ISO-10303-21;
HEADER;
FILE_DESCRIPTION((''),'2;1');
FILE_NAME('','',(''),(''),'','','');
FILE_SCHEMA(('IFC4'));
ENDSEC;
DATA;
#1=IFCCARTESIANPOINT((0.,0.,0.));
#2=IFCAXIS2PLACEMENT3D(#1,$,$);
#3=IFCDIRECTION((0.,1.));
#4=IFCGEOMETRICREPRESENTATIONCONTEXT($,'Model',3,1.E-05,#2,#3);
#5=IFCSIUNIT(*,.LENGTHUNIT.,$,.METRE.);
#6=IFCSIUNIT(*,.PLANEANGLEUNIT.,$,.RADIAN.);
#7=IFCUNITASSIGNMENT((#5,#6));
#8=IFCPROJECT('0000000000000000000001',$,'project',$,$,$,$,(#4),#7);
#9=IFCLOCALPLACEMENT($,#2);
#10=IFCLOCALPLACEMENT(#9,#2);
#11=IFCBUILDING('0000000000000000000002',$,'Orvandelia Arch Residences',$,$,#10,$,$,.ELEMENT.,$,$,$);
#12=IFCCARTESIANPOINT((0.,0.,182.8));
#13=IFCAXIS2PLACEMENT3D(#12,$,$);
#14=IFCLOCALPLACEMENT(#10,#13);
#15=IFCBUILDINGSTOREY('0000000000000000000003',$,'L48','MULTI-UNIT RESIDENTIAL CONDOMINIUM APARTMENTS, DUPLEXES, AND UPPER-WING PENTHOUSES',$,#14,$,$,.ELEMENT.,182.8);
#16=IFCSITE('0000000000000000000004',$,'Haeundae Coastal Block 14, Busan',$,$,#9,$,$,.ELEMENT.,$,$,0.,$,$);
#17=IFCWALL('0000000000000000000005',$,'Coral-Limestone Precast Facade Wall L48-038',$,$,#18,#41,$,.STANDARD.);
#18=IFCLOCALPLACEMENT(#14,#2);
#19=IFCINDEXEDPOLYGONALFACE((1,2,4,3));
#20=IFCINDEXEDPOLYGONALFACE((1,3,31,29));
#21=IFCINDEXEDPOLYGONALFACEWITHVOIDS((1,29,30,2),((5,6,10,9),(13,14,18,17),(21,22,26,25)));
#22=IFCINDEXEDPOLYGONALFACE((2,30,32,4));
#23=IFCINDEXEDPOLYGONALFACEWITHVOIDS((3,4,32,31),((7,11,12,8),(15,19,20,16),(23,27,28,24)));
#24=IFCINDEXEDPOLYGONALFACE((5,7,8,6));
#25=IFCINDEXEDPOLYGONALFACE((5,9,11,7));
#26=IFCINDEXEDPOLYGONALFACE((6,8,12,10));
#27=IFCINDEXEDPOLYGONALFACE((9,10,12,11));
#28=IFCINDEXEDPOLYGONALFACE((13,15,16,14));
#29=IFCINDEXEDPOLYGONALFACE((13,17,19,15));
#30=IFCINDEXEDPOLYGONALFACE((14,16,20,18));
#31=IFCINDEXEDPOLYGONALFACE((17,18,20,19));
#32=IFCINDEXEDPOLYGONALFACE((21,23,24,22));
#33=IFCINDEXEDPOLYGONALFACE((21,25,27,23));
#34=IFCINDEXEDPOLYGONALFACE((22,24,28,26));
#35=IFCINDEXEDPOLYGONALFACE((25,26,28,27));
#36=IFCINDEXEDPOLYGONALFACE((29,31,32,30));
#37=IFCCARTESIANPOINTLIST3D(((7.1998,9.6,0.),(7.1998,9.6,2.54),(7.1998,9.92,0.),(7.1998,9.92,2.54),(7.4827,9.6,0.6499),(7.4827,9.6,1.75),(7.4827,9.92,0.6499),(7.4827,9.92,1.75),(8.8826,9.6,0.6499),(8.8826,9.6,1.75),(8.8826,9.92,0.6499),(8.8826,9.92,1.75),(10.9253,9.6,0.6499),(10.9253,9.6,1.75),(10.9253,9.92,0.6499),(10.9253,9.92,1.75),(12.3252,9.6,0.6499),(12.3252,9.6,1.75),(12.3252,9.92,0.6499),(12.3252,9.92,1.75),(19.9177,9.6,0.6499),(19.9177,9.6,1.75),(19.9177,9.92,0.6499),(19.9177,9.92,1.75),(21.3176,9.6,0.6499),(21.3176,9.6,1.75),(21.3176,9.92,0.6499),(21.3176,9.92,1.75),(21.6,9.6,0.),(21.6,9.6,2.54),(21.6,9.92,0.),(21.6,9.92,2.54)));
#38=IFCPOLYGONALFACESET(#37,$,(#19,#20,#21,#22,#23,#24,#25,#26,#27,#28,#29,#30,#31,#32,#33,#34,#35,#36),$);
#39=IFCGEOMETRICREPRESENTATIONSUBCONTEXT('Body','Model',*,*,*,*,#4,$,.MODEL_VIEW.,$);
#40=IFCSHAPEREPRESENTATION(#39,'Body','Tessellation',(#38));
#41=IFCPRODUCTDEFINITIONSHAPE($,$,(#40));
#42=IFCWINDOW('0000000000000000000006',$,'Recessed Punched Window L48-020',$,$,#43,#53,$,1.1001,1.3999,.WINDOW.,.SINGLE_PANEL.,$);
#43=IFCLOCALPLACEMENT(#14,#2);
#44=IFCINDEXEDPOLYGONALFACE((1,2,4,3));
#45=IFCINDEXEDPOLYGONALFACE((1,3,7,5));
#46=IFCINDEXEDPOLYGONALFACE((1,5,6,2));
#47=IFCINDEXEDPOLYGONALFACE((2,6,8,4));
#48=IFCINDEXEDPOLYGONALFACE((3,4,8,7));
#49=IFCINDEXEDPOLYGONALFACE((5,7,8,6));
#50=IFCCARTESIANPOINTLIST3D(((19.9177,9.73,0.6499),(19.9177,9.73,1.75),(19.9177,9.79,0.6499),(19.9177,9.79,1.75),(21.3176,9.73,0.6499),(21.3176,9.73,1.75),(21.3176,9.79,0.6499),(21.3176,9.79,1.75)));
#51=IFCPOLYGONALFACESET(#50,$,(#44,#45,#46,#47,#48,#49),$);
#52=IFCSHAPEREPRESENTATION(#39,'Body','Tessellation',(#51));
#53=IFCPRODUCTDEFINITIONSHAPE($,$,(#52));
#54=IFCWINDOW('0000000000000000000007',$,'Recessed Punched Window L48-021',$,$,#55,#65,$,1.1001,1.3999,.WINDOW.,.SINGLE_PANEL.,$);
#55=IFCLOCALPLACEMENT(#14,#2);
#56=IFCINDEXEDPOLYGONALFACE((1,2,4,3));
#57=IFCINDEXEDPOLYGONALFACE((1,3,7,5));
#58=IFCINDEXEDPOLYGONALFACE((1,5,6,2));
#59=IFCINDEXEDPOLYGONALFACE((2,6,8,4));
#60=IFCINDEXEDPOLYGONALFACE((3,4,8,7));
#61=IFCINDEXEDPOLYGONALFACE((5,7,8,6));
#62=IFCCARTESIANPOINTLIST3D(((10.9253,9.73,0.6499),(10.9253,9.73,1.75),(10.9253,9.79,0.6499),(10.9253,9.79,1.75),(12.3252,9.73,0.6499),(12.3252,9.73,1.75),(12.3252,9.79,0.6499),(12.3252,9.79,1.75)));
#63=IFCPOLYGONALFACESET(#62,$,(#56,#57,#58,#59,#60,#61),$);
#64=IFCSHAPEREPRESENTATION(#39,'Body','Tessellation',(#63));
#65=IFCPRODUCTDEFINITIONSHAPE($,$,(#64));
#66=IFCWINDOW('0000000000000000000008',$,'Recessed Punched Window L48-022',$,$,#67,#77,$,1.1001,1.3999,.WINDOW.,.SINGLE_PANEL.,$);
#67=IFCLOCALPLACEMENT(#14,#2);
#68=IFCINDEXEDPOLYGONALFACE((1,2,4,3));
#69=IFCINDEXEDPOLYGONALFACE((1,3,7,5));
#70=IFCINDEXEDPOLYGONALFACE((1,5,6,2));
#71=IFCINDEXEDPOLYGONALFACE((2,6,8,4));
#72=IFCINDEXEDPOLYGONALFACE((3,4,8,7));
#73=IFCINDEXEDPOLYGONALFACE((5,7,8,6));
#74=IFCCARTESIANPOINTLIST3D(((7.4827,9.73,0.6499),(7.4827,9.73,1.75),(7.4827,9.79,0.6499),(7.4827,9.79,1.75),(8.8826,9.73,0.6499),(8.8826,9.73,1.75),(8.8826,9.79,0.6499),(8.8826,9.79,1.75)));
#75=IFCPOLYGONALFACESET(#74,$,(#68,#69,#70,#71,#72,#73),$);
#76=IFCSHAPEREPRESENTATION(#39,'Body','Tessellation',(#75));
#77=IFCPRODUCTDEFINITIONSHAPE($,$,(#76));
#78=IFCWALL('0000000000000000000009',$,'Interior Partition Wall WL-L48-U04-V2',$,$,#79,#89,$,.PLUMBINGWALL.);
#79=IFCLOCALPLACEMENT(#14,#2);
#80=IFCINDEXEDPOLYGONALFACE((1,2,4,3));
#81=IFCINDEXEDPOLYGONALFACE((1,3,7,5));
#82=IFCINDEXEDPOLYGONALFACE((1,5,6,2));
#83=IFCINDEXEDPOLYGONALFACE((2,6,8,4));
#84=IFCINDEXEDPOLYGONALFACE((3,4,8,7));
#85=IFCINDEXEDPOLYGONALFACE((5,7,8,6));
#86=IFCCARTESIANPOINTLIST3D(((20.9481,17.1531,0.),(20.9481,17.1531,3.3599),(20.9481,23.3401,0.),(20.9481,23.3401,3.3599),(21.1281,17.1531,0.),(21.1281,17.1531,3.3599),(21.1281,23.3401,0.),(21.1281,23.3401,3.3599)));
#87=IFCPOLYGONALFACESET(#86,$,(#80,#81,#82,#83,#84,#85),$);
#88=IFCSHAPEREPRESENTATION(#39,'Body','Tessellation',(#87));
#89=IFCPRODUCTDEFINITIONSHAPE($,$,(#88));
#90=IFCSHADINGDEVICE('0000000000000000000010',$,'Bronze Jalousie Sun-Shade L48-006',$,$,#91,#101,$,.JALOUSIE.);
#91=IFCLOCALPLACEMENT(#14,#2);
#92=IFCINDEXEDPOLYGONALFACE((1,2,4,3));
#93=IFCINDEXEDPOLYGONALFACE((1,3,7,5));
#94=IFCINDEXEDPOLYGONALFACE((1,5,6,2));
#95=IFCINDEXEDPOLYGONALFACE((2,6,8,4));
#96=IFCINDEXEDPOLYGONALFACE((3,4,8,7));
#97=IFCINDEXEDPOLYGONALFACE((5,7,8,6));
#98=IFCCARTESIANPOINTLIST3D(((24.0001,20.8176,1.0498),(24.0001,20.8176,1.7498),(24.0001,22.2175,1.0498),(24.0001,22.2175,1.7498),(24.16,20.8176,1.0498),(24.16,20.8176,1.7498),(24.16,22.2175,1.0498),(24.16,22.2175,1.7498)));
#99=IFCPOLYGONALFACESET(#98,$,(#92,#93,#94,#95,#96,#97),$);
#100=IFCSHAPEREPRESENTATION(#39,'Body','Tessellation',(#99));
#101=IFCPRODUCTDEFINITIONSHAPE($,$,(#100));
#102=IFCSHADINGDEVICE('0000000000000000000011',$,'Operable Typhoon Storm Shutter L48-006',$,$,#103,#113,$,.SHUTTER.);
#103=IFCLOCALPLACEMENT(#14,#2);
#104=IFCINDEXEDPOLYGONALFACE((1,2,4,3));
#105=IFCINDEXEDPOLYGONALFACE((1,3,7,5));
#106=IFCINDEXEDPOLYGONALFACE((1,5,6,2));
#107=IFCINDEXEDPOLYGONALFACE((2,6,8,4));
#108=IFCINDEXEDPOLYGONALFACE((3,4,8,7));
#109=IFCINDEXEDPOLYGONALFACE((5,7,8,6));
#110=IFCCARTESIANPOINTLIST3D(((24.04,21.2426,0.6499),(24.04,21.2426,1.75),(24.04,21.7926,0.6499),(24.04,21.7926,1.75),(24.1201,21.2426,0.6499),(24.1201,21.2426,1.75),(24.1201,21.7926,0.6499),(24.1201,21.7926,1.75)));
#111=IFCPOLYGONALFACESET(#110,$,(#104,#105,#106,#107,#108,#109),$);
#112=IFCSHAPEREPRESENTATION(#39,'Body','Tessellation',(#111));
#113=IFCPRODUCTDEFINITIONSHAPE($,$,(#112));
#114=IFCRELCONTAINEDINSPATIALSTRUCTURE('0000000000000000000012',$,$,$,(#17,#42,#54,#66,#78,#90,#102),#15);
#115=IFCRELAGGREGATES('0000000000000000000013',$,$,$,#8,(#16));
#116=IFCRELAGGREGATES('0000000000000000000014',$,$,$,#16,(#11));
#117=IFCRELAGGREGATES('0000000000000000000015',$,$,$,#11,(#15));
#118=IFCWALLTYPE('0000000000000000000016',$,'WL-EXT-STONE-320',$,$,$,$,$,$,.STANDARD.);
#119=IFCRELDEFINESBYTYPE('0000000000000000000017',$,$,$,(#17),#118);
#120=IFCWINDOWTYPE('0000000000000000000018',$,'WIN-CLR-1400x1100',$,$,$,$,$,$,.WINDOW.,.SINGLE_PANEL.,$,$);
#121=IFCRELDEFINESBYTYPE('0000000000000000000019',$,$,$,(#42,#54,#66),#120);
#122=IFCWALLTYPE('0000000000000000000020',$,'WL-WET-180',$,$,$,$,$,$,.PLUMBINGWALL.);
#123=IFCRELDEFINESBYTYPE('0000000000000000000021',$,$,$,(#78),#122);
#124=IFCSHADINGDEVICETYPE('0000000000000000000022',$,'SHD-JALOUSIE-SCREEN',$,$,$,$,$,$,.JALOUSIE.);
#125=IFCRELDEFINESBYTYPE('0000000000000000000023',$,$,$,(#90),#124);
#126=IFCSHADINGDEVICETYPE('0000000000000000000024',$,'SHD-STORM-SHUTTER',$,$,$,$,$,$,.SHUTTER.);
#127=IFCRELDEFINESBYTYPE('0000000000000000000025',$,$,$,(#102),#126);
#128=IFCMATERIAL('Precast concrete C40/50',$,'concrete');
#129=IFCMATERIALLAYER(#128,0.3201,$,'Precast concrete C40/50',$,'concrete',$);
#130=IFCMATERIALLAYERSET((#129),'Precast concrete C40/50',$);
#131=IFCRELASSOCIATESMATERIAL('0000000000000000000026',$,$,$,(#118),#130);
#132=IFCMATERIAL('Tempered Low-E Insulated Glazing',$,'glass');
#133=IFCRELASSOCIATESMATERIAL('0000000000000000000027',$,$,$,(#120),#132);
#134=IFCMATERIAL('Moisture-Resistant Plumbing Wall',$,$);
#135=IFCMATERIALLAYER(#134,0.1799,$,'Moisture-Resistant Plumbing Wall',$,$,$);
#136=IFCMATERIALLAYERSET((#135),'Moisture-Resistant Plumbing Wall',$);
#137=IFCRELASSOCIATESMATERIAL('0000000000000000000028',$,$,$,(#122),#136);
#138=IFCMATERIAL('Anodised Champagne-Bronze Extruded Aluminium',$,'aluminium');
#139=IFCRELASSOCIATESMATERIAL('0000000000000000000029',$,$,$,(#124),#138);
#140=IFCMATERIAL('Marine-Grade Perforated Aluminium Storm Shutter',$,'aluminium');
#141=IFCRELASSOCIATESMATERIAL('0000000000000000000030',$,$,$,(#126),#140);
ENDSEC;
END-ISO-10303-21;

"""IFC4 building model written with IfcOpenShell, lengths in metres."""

from ifc_helpers import new_model, si_unit, direction, frame, frame_2d, origin, origin_2d, place, context, subcontext, project, spatial, rectangle, extrude, material, layer, layer_set, type_object, element, fill, save


model = new_model("IFC4")

# Units and contexts
model_context = context("Model", 3, precision=1e-05, world=origin(), true_north=direction((0.0, 1.0)))
body_context = subcontext(model_context, "Body", "Model", "MODEL_VIEW")
ifc_project = project(units=[si_unit("LENGTHUNIT", "METRE"), si_unit("PLANEANGLEUNIT", "RADIAN")], contexts=[model_context])

# Site, building, storey
site_placement = place(None, origin())
site = spatial("IfcSite", under=ifc_project, at=site_placement, Name="Haeundae Coastal Block 14, Busan", CompositionType="ELEMENT", RefElevation=0.0)
building_placement = place(site_placement, origin())
building = spatial("IfcBuilding", under=site, at=building_placement, Name="Orvandelia Arch Residences", CompositionType="ELEMENT")
storey_placement = place(building_placement, frame((0.0, 0.0, 182.8)))
storey = spatial("IfcBuildingStorey", under=building, at=storey_placement, Name="L48", Description="MULTI-UNIT RESIDENTIAL CONDOMINIUM APARTMENTS, DUPLEXES, AND UPPER-WING PENTHOUSES", CompositionType="ELEMENT", Elevation=182.8)

# Shared definitions
ifc_material_1 = material(Name="Precast concrete C40/50", Category="concrete")
ifc_layer_1 = layer(ifc_material_1, 0.3201, Name="Precast concrete C40/50", Category="concrete")
ifc_layer_set_1 = layer_set([ifc_layer_1], Name="Precast concrete C40/50")
wall_type_1 = type_object("IfcWallType", Name="WL-EXT-STONE-320", PredefinedType="STANDARD", material=ifc_layer_set_1)

# Wall, openings, windows
wall_1_placement = place(storey_placement, frame((21.6001, 9.76, 0.0), z_axis=(0.0, 0.0, 1.0), x_axis=(-1.0, 0.0, 0.0)))
wall_1 = element("IfcWall", 1, at=wall_1_placement, inside=storey, type_object=wall_type_1, Name="Coral-Limestone Precast Facade Wall L48-038", PredefinedType="STANDARD", context=body_context, shape_type="SweptSolid", body=[
    extrude(rectangle(XDim=14.4001, YDim=0.3201, at=frame_2d((7.2002, 0.0))), origin(), (0.0, 0.0, 1.0), 2.54),
])
opening_1_placement = place(wall_1_placement, frame((0.2825, 0.0, 0.6499)))
opening_1 = element("IfcOpeningElement", 2, at=opening_1_placement, cuts=wall_1, PredefinedType="OPENING", context=body_context, shape_type="SweptSolid", body=[
    extrude(rectangle(XDim=1.3999, YDim=1.1001, at=frame_2d((0.7, 0.55))), frame((0.0, 0.1699, 0.0), z_axis=(0.0, -1.0, 0.0), x_axis=(1.0, 0.0, 0.0)), (0.0, 0.0, 1.0), 0.3401),
])
opening_2_placement = place(wall_1_placement, frame((9.2749, 0.0, 0.6499)))
opening_2 = element("IfcOpeningElement", 3, at=opening_2_placement, cuts=wall_1, PredefinedType="OPENING", context=body_context, shape_type="SweptSolid", body=[
    extrude(rectangle(XDim=1.3999, YDim=1.1001, at=frame_2d((0.7, 0.55))), frame((0.0, 0.1699, 0.0), z_axis=(0.0, -1.0, 0.0), x_axis=(1.0, 0.0, 0.0)), (0.0, 0.0, 1.0), 0.3401),
])
opening_3_placement = place(wall_1_placement, frame((12.7175, 0.0, 0.6499)))
opening_3 = element("IfcOpeningElement", 4, at=opening_3_placement, cuts=wall_1, PredefinedType="OPENING", context=body_context, shape_type="SweptSolid", body=[
    extrude(rectangle(XDim=1.3999, YDim=1.1001, at=frame_2d((0.7, 0.55))), frame((0.0, 0.1699, 0.0), z_axis=(0.0, -1.0, 0.0), x_axis=(1.0, 0.0, 0.0)), (0.0, 0.0, 1.0), 0.3401),
])
ifc_material_2 = material(Name="Tempered Low-E Insulated Glazing", Category="glass")
window_type = type_object("IfcWindowType", Name="WIN-CLR-1400x1100", PartitioningType="SINGLE_PANEL", PredefinedType="WINDOW", material=ifc_material_2)
window_1_placement = place(opening_1_placement, origin())
window_1 = element("IfcWindow", 5, at=window_1_placement, inside=storey, type_object=window_type, Name="Recessed Punched Window L48-020", OverallHeight=1.1001, OverallWidth=1.3999, PartitioningType="SINGLE_PANEL", PredefinedType="WINDOW", context=body_context, shape_type="SweptSolid", body=[
    extrude(rectangle(XDim=1.3999, YDim=1.1001, at=frame_2d((0.7, 0.55))), frame((0.0, 0.03, 0.0), z_axis=(0.0, -1.0, 0.0), x_axis=(1.0, 0.0, 0.0)), (0.0, 0.0, 1.0), 0.0601),
])
fill(opening_1, window_1)
window_2_placement = place(opening_2_placement, origin())
window_2 = element("IfcWindow", 6, at=window_2_placement, inside=storey, type_object=window_type, Name="Recessed Punched Window L48-021", OverallHeight=1.1001, OverallWidth=1.3999, PartitioningType="SINGLE_PANEL", PredefinedType="WINDOW", context=body_context, shape_type="SweptSolid", body=[
    extrude(rectangle(XDim=1.3999, YDim=1.1001, at=frame_2d((0.7, 0.55))), frame((0.0, 0.03, 0.0), z_axis=(0.0, -1.0, 0.0), x_axis=(1.0, 0.0, 0.0)), (0.0, 0.0, 1.0), 0.0601),
])
fill(opening_2, window_2)
window_3_placement = place(opening_3_placement, origin())
window_3 = element("IfcWindow", 7, at=window_3_placement, inside=storey, type_object=window_type, Name="Recessed Punched Window L48-022", OverallHeight=1.1001, OverallWidth=1.3999, PartitioningType="SINGLE_PANEL", PredefinedType="WINDOW", context=body_context, shape_type="SweptSolid", body=[
    extrude(rectangle(XDim=1.3999, YDim=1.1001, at=frame_2d((0.7, 0.55))), frame((0.0, 0.03, 0.0), z_axis=(0.0, -1.0, 0.0), x_axis=(1.0, 0.0, 0.0)), (0.0, 0.0, 1.0), 0.0601),
])
fill(opening_3, window_3)

# Wall
ifc_material_3 = material(Name="Moisture-Resistant Plumbing Wall")
ifc_layer_2 = layer(ifc_material_3, 0.1799, Name="Moisture-Resistant Plumbing Wall")
ifc_layer_set_2 = layer_set([ifc_layer_2], Name="Moisture-Resistant Plumbing Wall")
wall_type_2 = type_object("IfcWallType", Name="WL-WET-180", PredefinedType="PLUMBINGWALL", material=ifc_layer_set_2)
wall_2_placement = place(storey_placement, frame((21.0381, 17.1531, 0.0), z_axis=(0.0, 0.0, 1.0), x_axis=(0.0, 1.0, 0.0)))
element("IfcWall", 8, at=wall_2_placement, inside=storey, type_object=wall_type_2, Name="Interior Partition Wall WL-L48-U04-V2", PredefinedType="PLUMBINGWALL", context=body_context, shape_type="SweptSolid", body=[
    extrude(rectangle(XDim=6.187, YDim=0.1799, at=frame_2d((3.0935, 0.0))), origin(), (0.0, 0.0, 1.0), 3.3599),
])

# Shading devices
ifc_material_4 = material(Name="Anodised Champagne-Bronze Extruded Aluminium", Category="aluminium")
shading_device_type_1 = type_object("IfcShadingDeviceType", Name="SHD-JALOUSIE-SCREEN", PredefinedType="JALOUSIE", material=ifc_material_4)
shading_device_1_placement = place(storey_placement, frame((24.0801, 21.5176, 1.0498), z_axis=(0.0, 0.0, 1.0), x_axis=(0.0, -1.0, 0.0)))
element("IfcShadingDevice", 9, at=shading_device_1_placement, inside=storey, type_object=shading_device_type_1, Name="Bronze Jalousie Sun-Shade L48-006", PredefinedType="JALOUSIE", context=body_context, shape_type="SweptSolid", body=[
    extrude(rectangle(XDim=1.3999, YDim=0.1599, at=origin_2d()), origin(), (0.0, 0.0, 1.0), 0.7),
])
ifc_material_5 = material(Name="Marine-Grade Perforated Aluminium Storm Shutter", Category="aluminium")
shading_device_type_2 = type_object("IfcShadingDeviceType", Name="SHD-STORM-SHUTTER", PredefinedType="SHUTTER", material=ifc_material_5)
shading_device_2_placement = place(storey_placement, frame((24.0801, 21.5176, 0.6499), z_axis=(0.0, 0.0, 1.0), x_axis=(0.0, -1.0, 0.0)))
element("IfcShadingDevice", 10, at=shading_device_2_placement, inside=storey, type_object=shading_device_type_2, Name="Operable Typhoon Storm Shutter L48-006", PredefinedType="SHUTTER", context=body_context, shape_type="SweptSolid", body=[
    extrude(rectangle(XDim=0.55, YDim=0.0801, at=origin_2d()), origin(), (0.0, 0.0, 1.0), 1.1001),
])

save(model, "model.ifc")
